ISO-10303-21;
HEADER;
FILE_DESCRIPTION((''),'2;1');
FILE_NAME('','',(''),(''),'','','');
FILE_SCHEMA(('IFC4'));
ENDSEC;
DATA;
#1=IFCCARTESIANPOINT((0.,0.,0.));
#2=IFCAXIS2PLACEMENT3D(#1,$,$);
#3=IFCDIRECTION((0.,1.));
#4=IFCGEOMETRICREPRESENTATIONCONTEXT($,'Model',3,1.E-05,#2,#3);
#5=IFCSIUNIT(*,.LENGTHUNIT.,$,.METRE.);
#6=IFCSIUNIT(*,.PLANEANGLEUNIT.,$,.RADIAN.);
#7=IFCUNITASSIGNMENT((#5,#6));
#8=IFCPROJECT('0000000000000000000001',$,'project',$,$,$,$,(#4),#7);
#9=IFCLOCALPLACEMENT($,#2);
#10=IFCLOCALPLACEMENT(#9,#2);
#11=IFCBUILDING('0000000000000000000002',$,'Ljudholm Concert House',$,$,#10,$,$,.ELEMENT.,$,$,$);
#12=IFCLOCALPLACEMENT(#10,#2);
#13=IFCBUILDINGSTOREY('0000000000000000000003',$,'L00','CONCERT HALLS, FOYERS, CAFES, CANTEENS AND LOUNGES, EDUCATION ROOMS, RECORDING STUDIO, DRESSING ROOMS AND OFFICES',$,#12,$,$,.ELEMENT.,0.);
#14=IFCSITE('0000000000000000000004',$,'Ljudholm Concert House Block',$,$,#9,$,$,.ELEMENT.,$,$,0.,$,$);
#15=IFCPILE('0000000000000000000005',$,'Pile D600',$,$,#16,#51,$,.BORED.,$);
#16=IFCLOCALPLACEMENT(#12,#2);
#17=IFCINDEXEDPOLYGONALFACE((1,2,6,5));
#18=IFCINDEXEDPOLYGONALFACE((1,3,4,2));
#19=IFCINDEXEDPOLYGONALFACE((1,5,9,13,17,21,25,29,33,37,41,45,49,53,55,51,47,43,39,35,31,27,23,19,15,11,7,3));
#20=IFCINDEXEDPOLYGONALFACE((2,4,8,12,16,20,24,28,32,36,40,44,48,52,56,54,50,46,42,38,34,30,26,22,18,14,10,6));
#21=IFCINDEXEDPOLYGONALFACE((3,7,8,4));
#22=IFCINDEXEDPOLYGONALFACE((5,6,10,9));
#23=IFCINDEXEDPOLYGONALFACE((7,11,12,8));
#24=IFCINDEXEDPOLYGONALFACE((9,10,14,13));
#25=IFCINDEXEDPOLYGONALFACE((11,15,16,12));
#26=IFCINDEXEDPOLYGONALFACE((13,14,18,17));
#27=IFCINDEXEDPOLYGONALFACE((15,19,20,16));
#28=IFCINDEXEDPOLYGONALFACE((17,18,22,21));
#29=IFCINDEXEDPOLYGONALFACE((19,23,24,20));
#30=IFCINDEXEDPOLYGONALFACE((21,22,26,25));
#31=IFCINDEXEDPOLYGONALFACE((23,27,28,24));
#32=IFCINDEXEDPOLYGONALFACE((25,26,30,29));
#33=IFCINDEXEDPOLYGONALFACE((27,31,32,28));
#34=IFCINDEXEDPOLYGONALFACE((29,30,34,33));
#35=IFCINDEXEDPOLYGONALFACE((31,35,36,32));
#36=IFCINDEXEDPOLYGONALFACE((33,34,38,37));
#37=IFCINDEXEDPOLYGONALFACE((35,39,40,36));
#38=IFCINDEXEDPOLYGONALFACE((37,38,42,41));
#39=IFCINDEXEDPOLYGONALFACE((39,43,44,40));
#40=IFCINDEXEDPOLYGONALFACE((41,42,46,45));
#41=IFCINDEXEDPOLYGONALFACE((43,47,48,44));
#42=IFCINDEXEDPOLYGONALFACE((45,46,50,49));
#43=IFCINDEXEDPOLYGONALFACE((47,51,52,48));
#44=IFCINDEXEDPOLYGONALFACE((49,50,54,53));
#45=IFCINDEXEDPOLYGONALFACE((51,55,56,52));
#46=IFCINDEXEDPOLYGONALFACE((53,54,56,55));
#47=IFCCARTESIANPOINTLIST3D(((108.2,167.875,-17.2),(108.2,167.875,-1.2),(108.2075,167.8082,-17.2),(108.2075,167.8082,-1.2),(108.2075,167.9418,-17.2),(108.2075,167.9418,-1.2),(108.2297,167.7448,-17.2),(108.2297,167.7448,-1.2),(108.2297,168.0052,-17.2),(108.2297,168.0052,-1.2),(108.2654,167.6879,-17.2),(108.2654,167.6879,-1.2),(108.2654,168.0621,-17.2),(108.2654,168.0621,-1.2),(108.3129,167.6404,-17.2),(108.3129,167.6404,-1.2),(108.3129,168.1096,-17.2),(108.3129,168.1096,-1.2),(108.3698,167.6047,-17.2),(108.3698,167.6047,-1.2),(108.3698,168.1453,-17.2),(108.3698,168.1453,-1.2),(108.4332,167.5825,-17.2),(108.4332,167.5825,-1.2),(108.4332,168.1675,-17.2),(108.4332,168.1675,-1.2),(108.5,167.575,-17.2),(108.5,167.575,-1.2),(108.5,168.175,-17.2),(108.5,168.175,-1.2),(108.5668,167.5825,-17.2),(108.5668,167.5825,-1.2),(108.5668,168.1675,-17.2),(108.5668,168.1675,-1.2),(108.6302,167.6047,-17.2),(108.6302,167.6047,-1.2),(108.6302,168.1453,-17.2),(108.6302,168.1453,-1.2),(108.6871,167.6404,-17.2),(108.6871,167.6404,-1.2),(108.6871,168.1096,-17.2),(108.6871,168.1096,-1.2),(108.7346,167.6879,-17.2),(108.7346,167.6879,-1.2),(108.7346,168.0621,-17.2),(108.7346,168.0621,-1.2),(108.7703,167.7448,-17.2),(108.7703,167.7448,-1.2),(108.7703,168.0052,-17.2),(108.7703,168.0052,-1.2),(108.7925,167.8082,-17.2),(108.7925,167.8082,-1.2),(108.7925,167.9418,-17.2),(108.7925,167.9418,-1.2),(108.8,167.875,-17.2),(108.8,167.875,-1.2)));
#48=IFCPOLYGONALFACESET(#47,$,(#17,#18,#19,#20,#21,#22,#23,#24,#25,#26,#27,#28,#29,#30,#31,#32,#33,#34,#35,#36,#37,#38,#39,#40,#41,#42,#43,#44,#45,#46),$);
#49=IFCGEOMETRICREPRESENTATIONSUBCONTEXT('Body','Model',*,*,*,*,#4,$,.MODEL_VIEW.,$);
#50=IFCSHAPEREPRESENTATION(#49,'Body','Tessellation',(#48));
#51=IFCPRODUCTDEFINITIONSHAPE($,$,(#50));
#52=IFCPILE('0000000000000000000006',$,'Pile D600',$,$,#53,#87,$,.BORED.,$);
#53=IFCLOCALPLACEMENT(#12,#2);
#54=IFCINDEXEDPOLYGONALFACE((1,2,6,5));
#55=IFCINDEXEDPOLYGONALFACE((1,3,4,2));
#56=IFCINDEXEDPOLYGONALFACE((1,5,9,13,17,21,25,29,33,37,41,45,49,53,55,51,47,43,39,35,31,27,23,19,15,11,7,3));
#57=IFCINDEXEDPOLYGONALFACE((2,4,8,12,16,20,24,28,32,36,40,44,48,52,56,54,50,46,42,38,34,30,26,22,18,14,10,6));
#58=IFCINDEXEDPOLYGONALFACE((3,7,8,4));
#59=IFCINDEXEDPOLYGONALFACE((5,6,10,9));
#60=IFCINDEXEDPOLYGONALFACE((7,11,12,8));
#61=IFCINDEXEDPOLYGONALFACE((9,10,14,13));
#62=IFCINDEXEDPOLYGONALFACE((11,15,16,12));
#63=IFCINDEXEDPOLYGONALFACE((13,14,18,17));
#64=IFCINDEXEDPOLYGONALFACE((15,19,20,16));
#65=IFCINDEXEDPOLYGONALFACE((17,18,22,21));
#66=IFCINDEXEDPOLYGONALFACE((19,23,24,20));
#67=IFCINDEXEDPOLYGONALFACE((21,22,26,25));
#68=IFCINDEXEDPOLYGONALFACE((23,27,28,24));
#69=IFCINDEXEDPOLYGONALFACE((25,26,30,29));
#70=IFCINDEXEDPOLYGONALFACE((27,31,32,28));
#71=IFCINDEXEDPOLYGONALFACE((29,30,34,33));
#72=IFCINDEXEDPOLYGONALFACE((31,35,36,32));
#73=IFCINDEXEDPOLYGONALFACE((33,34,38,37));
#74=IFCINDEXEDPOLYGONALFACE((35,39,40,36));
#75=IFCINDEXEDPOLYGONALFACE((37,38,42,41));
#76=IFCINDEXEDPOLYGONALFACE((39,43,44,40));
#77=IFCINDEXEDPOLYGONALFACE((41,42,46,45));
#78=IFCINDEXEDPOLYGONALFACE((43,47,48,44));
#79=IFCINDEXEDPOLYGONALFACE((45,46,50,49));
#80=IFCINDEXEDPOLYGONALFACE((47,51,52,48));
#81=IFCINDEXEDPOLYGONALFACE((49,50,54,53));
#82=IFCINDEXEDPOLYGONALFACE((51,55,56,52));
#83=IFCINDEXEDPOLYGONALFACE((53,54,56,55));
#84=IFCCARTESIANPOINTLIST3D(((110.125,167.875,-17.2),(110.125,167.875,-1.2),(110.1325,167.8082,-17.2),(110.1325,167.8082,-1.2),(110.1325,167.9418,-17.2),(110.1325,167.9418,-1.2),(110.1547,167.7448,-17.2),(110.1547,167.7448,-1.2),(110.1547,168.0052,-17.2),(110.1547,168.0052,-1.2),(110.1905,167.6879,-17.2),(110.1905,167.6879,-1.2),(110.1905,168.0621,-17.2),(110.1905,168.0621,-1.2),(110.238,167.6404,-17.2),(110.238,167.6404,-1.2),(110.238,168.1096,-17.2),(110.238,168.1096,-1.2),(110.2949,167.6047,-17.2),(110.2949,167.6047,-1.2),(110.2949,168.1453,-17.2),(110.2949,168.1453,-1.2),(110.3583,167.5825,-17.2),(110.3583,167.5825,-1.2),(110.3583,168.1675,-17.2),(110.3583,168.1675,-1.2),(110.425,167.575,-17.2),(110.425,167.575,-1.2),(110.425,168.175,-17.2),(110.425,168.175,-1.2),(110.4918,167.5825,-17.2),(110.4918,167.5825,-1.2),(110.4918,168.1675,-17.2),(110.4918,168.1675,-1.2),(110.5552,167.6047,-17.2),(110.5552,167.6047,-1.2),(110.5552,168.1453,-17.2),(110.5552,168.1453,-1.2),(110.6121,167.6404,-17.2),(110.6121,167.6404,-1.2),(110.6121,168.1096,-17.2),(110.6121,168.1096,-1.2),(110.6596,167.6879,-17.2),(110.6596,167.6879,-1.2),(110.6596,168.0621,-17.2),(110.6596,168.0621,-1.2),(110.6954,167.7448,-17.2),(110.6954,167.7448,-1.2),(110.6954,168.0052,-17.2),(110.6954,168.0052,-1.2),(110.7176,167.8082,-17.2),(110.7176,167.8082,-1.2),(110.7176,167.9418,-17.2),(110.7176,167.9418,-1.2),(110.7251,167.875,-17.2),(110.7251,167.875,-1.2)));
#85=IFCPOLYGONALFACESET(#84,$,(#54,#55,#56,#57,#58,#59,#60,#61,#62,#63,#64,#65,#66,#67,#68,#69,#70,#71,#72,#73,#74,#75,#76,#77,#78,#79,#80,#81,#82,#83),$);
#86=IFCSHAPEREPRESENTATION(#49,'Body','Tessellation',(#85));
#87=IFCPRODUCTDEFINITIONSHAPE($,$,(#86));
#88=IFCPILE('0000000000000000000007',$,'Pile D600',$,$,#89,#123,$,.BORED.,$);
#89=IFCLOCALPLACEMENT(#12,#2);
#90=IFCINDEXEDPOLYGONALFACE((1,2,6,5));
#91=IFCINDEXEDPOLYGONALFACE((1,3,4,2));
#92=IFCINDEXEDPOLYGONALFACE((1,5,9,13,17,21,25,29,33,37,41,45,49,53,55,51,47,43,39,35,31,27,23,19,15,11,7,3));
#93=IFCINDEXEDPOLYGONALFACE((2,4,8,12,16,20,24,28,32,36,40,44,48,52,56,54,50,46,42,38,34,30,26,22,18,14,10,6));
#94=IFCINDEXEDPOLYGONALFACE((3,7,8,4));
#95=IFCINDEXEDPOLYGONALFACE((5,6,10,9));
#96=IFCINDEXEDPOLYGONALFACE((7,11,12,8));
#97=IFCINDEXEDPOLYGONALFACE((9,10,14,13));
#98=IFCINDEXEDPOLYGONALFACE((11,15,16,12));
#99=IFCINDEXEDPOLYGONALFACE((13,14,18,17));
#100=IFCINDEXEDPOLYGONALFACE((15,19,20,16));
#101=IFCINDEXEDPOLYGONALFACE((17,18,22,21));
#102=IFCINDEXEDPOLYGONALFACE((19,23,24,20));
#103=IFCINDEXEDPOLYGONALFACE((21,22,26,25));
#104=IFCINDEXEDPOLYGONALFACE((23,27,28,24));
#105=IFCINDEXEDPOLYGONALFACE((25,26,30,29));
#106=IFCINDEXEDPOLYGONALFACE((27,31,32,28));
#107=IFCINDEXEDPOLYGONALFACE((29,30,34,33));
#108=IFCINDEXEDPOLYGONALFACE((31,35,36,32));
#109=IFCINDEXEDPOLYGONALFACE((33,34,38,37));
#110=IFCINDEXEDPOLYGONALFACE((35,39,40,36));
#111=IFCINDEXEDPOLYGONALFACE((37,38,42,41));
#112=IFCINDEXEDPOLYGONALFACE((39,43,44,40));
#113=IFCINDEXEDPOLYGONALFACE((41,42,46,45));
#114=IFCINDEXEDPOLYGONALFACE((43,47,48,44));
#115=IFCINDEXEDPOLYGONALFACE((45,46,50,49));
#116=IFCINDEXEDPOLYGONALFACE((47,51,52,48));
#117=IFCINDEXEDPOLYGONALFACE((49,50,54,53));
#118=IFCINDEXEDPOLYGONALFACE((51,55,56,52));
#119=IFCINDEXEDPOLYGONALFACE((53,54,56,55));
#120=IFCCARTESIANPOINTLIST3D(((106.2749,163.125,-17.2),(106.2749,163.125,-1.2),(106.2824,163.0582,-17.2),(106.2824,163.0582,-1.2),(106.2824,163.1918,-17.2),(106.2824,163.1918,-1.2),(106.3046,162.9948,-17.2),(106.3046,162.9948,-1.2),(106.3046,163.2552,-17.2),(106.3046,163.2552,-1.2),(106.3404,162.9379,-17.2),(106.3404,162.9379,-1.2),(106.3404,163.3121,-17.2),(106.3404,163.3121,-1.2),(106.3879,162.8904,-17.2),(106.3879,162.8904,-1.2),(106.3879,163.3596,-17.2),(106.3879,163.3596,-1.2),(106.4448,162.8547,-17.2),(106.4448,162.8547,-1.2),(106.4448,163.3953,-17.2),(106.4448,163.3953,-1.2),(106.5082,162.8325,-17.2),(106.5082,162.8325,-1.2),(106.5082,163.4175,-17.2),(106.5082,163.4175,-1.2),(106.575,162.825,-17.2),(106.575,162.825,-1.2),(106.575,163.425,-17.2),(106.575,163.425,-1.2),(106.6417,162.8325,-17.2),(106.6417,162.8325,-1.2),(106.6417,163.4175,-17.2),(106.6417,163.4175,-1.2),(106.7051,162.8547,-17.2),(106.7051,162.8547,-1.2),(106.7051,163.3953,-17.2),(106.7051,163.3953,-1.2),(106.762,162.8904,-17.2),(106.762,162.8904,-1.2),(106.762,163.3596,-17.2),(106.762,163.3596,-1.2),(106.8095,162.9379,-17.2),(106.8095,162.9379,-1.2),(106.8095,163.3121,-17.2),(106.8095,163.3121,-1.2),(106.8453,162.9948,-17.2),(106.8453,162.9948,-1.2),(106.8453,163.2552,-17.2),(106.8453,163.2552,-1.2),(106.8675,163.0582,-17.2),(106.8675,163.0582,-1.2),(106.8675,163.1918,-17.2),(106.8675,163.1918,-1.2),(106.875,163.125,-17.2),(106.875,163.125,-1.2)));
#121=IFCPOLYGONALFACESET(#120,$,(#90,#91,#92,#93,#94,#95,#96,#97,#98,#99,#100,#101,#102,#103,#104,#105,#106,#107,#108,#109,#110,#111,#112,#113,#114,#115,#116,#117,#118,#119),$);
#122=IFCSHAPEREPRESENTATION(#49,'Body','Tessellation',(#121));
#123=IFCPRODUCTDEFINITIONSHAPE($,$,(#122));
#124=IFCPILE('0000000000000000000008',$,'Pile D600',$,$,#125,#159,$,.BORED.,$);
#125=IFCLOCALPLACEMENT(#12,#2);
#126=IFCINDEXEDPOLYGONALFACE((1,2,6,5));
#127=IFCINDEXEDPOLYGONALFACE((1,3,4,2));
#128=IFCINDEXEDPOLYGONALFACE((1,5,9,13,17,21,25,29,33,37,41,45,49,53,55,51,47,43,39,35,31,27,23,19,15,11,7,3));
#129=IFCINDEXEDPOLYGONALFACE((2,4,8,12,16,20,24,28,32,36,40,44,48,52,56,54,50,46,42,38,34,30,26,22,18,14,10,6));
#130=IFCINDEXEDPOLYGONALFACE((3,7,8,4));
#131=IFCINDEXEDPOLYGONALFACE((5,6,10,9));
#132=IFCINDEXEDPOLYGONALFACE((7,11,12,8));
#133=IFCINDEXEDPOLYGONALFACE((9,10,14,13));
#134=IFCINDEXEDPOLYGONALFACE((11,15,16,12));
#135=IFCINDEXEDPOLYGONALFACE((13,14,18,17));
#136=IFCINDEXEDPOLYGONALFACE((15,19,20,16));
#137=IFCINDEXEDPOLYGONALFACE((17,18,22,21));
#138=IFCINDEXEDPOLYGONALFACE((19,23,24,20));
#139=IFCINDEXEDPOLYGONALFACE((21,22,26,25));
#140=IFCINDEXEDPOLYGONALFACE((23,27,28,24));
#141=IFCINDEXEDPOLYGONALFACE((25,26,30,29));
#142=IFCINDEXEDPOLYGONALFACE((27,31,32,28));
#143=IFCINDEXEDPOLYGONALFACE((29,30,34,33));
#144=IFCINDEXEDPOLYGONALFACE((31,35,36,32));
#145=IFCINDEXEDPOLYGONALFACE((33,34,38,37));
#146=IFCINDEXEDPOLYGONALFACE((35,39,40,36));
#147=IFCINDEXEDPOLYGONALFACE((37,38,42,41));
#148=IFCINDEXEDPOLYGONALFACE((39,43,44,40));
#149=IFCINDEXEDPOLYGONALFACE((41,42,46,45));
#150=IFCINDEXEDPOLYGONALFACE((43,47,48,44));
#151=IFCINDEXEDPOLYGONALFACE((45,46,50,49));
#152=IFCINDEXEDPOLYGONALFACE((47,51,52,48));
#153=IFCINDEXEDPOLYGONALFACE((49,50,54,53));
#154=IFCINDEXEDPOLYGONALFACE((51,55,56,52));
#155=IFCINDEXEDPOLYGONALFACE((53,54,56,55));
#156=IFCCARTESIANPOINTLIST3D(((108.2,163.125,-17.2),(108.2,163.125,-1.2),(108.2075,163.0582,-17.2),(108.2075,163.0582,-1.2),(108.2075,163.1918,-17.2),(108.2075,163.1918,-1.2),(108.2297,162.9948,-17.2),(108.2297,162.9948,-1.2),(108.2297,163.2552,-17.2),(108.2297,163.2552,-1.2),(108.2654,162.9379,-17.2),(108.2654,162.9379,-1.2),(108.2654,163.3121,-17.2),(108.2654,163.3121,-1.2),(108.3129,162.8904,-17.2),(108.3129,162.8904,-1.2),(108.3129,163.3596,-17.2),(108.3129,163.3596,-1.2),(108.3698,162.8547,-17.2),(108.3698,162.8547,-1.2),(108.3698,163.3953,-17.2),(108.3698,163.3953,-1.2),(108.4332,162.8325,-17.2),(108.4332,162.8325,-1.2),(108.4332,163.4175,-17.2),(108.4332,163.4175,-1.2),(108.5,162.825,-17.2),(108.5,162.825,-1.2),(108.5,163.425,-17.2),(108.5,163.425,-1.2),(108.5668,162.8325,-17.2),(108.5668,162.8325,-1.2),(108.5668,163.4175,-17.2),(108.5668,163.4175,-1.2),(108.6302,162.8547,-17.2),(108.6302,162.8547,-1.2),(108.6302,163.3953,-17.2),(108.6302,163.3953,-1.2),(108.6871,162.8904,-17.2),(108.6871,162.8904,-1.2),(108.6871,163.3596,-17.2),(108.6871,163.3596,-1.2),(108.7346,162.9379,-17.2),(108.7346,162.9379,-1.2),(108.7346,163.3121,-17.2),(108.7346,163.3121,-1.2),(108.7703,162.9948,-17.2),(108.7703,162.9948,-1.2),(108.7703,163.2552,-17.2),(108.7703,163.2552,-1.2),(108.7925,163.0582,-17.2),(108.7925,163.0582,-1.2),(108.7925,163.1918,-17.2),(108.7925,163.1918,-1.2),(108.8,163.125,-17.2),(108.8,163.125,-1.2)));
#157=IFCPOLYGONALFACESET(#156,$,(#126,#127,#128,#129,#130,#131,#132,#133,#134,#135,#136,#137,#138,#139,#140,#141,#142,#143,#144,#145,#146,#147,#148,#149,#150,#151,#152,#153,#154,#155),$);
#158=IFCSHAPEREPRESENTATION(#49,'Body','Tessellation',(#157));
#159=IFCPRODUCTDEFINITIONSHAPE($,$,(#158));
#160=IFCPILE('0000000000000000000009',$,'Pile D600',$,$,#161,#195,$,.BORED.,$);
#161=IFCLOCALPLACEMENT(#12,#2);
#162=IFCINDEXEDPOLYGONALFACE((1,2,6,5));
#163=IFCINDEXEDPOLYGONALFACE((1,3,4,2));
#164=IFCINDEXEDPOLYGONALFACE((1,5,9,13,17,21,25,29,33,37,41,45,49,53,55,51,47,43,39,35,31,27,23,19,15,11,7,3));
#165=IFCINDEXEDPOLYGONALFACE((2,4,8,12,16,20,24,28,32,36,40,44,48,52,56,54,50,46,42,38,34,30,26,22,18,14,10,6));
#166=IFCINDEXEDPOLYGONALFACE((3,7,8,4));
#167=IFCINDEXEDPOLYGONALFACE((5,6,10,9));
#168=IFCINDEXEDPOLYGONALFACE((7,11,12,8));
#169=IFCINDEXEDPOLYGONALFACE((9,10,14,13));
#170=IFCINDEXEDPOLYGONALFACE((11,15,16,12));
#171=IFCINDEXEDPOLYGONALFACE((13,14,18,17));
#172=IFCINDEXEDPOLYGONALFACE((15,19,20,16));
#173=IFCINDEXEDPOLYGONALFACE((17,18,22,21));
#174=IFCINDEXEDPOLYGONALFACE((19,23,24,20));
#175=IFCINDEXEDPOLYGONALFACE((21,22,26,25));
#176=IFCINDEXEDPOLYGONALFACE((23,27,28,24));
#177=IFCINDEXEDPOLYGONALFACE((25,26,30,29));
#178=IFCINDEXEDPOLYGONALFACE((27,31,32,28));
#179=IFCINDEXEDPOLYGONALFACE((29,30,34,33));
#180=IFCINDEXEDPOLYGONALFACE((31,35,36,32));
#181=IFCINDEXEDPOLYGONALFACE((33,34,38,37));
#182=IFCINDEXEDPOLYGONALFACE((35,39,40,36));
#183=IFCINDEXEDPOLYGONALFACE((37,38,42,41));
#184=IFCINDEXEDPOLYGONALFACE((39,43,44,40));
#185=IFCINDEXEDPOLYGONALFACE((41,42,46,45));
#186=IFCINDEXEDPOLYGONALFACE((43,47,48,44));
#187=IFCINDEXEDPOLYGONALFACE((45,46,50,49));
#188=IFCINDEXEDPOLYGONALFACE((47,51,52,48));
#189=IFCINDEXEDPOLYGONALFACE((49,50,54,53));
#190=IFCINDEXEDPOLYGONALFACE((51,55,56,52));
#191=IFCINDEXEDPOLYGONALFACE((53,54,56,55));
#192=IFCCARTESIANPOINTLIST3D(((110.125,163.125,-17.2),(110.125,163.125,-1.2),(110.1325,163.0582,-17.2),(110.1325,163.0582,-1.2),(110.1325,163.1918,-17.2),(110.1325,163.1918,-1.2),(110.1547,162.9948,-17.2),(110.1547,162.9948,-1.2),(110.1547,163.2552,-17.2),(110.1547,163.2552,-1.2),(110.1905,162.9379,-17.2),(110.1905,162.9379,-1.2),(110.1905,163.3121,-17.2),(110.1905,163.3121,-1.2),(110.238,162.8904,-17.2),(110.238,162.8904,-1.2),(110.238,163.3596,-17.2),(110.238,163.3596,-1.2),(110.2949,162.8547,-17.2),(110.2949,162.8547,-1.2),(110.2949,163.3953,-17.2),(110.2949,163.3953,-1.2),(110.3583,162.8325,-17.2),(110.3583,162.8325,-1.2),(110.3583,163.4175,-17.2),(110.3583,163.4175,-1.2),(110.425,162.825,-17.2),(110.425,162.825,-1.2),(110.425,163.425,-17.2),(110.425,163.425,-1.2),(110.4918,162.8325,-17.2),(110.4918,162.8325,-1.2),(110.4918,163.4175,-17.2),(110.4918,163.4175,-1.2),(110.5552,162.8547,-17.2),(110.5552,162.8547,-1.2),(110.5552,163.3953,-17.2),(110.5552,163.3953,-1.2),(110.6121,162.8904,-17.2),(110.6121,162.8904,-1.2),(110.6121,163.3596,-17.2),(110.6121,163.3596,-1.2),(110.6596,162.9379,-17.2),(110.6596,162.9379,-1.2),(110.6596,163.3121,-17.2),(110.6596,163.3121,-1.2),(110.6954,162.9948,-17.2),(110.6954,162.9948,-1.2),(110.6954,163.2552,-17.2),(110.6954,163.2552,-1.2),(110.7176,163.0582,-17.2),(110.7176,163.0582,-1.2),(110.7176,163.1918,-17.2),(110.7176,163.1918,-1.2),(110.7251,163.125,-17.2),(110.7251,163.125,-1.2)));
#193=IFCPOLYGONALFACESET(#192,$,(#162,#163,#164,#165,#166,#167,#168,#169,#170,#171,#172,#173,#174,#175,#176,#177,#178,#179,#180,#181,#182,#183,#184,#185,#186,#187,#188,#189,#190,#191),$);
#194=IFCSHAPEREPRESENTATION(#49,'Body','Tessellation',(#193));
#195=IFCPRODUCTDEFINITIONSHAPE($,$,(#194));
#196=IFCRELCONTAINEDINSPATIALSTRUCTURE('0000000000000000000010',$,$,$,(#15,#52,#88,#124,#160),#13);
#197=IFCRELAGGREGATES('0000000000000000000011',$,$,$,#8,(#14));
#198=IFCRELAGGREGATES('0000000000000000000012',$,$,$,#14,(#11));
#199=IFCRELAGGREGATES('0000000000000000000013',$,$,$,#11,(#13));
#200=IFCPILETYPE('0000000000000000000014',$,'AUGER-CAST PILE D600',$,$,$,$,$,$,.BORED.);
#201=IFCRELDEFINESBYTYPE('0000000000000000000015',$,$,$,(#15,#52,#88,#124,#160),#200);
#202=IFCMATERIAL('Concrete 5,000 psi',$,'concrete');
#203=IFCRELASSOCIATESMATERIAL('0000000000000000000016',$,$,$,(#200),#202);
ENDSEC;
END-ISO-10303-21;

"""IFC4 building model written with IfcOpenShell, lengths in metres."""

from ifc_helpers import new_model, si_unit, direction, frame, origin, origin_2d, place, context, subcontext, project, spatial, circle, extrude, material, material_profile, profile_set, type_object, element, save


model = new_model("IFC4")

# Units and contexts
model_context = context("Model", 3, precision=1e-05, world=origin(), true_north=direction((0.0, 1.0)))
body_context = subcontext(model_context, "Body", "Model", "MODEL_VIEW")
ifc_project = project(units=[si_unit("LENGTHUNIT", "METRE"), si_unit("PLANEANGLEUNIT", "RADIAN")], contexts=[model_context])

# Site, building, storey
site_placement = place(None, origin())
site = spatial("IfcSite", under=ifc_project, at=site_placement, Name="Ljudholm Concert House Block", CompositionType="ELEMENT", RefElevation=0.0)
building_placement = place(site_placement, origin())
building = spatial("IfcBuilding", under=site, at=building_placement, Name="Ljudholm Concert House", CompositionType="ELEMENT")
storey_placement = place(building_placement, origin())
storey = spatial("IfcBuildingStorey", under=building, at=storey_placement, Name="L00", Description="CONCERT HALLS, FOYERS, CAFES, CANTEENS AND LOUNGES, EDUCATION ROOMS, RECORDING STUDIO, DRESSING ROOMS AND OFFICES", CompositionType="ELEMENT", Elevation=0.0)

# Piles
ifc_material_1 = material(Name="Concrete 5,000 psi", Category="concrete")
ifc_material_profile = material_profile(ifc_material_1, circle(Radius=0.3, at=origin_2d()), Name="AUGER-CAST PILE D600")
ifc_profile_set = profile_set([ifc_material_profile], Name="Concrete 5,000 psi")
pile_type = type_object("IfcPileType", Name="AUGER-CAST PILE D600", PredefinedType="BORED", material=ifc_profile_set)
for number, where, z_axis, x_axis, name in (
    (1, (108.5, 167.875, -1.2), (0.0, 0.0, -1.0), (1.0, 0.0, 0.0), "Pile D600"),
    (2, (110.425, 167.875, -1.2), (0.0, 0.0, -1.0), (1.0, 0.0, 0.0), "Pile D600"),
    (3, (106.575, 163.125, -1.2), (0.0, 0.0, -1.0), (1.0, 0.0, 0.0), "Pile D600"),
    (4, (108.5, 163.125, -1.2), (0.0, 0.0, -1.0), (1.0, 0.0, 0.0), "Pile D600"),
    (5, (110.425, 163.125, -1.2), (0.0, 0.0, -1.0), (1.0, 0.0, 0.0), "Pile D600"),
):
    element("IfcPile", number, at=place(storey_placement, frame(where, z_axis=z_axis, x_axis=x_axis)), inside=storey, type_object=pile_type, Name=name, PredefinedType="BORED", context=body_context, shape_type="SweptSolid", body=[
        extrude(circle(Radius=0.3, at=origin_2d()), origin(), (0.0, 0.0, 1.0), 16.0),
    ])

save(model, "model.ifc")
